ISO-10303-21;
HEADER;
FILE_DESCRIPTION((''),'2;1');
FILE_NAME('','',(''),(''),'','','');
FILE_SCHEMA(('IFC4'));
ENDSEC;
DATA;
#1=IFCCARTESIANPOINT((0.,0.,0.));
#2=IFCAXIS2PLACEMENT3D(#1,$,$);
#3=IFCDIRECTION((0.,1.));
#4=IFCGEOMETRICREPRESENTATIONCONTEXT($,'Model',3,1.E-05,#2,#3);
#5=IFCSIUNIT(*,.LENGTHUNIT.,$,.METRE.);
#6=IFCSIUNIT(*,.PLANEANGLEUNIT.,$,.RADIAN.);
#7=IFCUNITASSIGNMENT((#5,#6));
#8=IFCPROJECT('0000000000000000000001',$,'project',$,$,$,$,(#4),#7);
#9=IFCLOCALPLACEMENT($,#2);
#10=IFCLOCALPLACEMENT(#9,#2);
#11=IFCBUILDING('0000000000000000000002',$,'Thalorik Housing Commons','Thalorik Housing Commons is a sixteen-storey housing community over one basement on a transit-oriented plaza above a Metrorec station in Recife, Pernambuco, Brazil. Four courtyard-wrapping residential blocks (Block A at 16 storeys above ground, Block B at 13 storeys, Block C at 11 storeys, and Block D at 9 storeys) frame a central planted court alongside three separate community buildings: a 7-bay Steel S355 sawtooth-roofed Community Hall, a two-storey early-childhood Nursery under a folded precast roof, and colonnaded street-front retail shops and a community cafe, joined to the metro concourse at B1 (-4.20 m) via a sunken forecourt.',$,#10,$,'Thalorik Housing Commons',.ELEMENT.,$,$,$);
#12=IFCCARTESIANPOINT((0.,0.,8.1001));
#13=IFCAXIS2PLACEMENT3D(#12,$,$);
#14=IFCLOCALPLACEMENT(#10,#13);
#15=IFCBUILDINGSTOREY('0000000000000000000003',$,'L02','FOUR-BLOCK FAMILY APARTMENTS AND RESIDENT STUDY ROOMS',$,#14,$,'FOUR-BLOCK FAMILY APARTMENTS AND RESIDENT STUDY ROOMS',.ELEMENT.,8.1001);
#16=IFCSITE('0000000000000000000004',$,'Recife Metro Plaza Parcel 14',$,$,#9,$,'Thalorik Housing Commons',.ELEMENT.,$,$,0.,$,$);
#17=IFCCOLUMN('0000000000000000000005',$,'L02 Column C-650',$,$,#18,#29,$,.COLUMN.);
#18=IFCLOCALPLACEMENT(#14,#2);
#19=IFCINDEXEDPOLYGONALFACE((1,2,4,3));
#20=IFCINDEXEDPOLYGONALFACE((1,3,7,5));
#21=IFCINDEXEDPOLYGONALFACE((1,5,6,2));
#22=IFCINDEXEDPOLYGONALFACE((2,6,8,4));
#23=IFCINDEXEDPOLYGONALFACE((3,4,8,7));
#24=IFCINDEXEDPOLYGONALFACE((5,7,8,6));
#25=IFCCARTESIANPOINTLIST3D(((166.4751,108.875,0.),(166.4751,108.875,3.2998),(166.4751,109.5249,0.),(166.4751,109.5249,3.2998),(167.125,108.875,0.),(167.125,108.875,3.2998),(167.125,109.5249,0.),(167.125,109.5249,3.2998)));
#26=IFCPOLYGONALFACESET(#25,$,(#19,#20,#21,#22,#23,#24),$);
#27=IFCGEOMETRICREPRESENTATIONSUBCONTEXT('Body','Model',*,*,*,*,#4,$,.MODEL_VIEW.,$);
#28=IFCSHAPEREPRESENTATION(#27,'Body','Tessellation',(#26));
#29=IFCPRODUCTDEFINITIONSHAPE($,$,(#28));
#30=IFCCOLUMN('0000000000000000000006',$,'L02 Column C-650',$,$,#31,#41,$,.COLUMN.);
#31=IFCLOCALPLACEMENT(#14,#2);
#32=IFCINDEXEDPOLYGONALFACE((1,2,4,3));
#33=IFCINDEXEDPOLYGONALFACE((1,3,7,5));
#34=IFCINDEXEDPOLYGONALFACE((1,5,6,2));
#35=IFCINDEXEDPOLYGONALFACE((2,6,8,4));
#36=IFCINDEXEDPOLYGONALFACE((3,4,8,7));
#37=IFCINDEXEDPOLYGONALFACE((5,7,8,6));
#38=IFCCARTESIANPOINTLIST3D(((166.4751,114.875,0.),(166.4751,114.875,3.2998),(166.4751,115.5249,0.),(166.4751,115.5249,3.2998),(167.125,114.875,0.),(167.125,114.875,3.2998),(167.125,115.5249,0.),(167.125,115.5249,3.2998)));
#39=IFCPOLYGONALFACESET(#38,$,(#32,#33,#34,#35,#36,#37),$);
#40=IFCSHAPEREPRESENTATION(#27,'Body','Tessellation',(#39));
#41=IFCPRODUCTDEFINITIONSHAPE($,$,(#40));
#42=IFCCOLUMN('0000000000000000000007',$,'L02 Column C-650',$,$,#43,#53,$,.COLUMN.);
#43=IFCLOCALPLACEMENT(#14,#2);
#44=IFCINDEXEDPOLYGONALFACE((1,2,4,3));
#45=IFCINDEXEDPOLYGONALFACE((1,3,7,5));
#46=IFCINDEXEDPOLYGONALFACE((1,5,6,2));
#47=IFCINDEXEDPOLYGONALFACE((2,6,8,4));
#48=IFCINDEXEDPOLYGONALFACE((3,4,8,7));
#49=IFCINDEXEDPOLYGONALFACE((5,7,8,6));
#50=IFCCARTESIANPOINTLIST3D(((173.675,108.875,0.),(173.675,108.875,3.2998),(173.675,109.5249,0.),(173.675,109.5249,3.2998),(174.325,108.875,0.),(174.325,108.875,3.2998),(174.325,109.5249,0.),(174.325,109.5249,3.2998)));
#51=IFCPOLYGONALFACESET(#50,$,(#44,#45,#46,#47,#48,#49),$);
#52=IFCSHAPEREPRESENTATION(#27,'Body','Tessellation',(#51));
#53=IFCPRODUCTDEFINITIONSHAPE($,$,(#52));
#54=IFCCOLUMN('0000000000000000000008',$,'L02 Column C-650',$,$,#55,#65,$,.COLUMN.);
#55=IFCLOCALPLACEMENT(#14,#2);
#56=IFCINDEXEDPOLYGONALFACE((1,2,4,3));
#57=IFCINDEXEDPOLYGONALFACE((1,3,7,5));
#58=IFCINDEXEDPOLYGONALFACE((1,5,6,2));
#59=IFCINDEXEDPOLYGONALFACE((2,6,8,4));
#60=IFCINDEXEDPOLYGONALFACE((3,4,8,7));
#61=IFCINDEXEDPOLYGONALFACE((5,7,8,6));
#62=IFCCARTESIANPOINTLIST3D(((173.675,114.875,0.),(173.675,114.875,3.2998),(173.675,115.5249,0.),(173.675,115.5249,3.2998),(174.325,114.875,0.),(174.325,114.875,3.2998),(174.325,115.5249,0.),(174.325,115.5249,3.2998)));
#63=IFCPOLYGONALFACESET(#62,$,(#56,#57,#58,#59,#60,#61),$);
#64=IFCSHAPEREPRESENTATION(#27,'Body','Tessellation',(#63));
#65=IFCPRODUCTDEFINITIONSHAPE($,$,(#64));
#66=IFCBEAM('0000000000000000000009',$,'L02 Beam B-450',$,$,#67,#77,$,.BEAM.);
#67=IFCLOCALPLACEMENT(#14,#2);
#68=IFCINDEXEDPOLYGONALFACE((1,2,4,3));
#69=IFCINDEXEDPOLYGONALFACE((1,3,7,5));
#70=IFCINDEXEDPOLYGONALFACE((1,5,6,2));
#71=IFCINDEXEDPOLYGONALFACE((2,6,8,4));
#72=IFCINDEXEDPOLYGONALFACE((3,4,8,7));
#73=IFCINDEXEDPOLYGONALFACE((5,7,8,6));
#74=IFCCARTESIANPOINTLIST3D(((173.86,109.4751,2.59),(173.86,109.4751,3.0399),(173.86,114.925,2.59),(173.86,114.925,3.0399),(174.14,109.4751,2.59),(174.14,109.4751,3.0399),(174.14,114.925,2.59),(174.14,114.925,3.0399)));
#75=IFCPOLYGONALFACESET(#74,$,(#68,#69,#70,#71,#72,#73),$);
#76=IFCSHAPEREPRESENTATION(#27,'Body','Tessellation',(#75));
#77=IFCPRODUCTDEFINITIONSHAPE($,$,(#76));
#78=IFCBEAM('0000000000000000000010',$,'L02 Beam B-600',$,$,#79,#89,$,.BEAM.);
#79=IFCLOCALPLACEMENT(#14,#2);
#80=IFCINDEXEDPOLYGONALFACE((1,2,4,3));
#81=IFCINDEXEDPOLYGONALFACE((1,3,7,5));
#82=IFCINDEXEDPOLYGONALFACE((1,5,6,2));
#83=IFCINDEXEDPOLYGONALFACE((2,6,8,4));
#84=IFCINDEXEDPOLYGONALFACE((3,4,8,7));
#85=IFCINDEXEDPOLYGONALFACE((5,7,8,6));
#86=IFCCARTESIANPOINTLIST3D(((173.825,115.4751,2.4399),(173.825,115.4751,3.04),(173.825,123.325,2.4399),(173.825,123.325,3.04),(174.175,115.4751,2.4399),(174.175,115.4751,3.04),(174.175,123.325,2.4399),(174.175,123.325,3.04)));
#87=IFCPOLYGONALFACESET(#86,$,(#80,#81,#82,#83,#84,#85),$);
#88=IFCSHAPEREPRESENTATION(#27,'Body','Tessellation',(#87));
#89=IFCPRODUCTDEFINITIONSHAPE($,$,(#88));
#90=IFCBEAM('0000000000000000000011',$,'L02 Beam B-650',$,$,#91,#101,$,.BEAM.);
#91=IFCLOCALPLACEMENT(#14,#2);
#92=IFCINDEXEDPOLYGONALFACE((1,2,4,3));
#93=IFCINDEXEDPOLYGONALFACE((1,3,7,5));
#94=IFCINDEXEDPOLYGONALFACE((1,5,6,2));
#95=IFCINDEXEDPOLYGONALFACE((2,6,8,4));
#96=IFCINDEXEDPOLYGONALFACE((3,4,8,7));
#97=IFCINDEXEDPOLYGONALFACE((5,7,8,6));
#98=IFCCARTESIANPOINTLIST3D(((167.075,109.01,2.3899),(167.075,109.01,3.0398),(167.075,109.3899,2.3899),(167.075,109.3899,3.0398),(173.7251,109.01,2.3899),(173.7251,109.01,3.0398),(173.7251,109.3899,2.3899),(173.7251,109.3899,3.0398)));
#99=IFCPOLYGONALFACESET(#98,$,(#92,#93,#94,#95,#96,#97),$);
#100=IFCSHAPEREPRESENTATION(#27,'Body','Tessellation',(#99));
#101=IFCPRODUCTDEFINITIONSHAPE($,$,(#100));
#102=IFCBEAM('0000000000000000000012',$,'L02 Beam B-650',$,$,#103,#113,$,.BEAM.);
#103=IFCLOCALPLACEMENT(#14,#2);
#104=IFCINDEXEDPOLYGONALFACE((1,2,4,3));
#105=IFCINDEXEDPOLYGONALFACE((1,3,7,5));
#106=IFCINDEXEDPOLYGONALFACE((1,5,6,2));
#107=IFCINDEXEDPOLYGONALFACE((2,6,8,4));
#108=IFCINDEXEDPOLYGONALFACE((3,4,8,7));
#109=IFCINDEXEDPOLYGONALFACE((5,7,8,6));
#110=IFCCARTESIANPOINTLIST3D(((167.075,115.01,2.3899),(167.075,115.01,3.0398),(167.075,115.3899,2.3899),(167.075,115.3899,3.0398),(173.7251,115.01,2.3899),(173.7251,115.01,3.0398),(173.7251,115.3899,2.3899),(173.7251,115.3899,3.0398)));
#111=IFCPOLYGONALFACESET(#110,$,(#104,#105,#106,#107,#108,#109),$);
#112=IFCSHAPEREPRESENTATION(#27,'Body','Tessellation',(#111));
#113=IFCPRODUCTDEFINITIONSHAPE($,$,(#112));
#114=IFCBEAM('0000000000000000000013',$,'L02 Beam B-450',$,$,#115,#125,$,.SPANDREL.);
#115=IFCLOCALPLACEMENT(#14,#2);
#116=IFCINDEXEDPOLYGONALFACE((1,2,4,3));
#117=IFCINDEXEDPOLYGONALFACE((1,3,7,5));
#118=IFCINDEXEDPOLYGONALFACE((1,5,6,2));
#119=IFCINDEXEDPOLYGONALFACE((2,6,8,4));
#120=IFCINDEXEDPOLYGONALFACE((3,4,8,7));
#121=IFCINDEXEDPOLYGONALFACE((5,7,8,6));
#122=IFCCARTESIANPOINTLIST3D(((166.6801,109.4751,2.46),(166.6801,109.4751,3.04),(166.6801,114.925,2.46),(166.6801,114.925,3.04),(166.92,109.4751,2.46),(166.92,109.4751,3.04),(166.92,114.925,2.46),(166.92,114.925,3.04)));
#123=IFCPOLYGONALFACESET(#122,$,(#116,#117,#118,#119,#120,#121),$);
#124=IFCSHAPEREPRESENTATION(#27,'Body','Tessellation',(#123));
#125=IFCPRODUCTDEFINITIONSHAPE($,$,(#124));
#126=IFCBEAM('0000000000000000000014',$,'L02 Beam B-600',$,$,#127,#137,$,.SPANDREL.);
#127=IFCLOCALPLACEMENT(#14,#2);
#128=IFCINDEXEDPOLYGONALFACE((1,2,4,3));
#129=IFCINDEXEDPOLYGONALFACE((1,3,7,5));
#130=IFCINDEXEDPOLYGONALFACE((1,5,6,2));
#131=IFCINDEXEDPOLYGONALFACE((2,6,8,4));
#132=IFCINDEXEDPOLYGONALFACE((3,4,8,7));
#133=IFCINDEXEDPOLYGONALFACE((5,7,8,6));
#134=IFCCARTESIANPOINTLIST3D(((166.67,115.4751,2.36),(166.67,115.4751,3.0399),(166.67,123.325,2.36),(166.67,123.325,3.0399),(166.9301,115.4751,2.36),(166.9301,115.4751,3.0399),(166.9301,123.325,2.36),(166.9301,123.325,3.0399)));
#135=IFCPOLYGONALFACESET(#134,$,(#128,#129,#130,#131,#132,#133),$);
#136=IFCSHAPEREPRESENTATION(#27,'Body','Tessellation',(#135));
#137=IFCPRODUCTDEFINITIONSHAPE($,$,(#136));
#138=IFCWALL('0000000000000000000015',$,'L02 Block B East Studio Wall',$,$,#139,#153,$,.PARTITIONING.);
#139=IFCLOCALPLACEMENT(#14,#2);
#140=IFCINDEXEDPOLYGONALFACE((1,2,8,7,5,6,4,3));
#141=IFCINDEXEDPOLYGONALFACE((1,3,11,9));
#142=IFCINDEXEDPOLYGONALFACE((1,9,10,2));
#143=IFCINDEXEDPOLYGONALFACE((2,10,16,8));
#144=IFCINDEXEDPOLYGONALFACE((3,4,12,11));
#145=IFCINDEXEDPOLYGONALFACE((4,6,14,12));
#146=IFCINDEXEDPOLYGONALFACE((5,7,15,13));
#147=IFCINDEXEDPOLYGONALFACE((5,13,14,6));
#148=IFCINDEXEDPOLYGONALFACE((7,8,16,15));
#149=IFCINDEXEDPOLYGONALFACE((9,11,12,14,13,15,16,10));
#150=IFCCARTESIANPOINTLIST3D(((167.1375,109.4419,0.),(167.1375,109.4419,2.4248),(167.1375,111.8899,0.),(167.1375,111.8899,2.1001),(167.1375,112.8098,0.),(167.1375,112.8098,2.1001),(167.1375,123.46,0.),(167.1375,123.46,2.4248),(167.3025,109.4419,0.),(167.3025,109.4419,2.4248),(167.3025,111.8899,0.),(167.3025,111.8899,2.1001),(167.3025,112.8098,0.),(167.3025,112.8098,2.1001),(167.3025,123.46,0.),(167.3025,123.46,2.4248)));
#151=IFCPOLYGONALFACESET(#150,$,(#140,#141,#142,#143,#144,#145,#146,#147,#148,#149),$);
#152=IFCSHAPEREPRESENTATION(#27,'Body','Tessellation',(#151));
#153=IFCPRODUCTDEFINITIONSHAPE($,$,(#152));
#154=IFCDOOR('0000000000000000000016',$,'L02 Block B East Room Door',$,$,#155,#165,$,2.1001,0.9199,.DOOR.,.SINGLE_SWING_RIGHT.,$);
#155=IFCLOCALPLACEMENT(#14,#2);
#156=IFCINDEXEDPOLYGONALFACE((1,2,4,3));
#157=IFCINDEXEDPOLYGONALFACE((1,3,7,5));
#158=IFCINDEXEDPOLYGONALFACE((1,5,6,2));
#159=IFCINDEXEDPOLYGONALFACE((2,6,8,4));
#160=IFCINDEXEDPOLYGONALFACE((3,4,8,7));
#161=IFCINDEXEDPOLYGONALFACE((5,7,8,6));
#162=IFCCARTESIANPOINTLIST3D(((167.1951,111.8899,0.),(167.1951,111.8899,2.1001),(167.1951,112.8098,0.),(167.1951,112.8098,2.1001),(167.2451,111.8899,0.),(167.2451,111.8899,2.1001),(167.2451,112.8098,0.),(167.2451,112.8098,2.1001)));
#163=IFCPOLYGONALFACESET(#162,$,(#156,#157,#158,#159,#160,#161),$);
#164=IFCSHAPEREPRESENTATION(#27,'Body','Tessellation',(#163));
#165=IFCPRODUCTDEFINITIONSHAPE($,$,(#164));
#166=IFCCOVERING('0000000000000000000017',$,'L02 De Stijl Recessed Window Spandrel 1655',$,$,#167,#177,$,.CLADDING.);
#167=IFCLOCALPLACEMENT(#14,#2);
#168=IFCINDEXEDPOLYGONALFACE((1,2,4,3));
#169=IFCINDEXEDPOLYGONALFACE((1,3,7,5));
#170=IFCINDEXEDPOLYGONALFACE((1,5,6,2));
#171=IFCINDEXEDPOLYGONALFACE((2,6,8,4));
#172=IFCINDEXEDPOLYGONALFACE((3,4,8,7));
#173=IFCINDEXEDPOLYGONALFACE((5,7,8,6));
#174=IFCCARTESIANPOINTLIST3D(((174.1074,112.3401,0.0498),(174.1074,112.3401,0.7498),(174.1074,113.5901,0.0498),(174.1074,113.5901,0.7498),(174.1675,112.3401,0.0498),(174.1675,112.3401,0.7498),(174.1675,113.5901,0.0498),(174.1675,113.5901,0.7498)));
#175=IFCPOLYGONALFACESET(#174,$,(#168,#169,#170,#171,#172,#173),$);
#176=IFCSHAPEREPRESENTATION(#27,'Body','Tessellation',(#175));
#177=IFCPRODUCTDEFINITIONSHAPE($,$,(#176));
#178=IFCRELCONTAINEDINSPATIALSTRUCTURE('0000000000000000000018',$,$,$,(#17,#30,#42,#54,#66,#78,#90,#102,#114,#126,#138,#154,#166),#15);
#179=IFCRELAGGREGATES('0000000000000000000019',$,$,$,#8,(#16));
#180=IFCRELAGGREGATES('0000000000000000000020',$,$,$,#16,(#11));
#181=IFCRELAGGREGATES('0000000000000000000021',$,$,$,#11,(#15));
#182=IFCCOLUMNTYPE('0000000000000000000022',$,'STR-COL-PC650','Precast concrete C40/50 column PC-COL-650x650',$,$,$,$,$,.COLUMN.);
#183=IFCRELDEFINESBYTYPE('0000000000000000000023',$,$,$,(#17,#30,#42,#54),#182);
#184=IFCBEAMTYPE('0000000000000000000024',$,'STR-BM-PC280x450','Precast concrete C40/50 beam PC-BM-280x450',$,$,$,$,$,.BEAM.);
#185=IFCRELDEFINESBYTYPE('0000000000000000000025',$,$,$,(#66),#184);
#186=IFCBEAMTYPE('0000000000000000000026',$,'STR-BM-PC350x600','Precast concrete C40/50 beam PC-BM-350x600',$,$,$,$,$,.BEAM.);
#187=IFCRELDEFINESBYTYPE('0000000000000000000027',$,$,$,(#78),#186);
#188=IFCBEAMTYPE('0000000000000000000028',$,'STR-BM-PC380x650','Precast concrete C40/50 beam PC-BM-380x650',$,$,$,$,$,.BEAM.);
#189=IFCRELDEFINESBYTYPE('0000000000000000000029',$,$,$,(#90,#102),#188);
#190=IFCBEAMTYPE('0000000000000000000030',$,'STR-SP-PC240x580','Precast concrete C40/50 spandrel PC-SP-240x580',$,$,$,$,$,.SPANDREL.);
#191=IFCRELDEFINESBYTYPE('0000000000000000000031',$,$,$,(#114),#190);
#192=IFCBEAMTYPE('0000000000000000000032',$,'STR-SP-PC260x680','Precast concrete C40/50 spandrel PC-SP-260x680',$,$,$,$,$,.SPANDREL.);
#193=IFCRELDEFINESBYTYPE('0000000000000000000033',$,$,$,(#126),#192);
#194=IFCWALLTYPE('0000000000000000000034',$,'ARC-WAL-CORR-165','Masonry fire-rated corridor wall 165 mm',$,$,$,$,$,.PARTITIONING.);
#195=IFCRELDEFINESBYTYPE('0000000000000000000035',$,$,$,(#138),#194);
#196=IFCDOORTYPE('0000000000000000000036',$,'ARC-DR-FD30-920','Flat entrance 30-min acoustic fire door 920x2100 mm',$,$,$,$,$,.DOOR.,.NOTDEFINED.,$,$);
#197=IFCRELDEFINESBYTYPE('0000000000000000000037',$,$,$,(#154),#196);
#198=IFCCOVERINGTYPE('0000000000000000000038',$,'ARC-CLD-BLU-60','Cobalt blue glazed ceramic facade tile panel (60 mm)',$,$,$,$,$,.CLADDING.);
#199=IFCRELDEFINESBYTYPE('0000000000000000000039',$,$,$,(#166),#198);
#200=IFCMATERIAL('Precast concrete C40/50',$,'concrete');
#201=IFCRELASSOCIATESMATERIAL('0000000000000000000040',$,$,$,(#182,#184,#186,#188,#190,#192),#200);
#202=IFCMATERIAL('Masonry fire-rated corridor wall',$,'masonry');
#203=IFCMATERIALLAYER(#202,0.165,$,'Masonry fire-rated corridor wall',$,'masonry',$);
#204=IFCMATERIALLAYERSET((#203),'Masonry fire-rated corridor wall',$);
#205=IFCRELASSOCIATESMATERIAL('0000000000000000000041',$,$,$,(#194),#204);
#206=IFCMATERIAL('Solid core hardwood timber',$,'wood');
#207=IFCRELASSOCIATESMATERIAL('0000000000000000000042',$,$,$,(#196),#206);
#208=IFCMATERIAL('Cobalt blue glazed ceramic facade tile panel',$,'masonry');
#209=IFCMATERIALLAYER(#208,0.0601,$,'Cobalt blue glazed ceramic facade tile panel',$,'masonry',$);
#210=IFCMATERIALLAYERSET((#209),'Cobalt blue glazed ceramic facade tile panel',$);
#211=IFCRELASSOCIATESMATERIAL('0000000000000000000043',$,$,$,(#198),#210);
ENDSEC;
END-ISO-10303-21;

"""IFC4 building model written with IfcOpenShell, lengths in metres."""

from ifc_helpers import new_model, si_unit, direction, frame, frame_2d, origin, origin_2d, place, context, subcontext, project, spatial, rectangle, extrude, material, layer, layer_set, material_profile, profile_set, type_object, element, fill, save


model = new_model("IFC4")

# Units and contexts
model_context = context("Model", 3, precision=1e-05, world=origin(), true_north=direction((0.0, 1.0)))
body_context = subcontext(model_context, "Body", "Model", "MODEL_VIEW")
ifc_project = project(units=[si_unit("LENGTHUNIT", "METRE"), si_unit("PLANEANGLEUNIT", "RADIAN")], contexts=[model_context])

# Site, building, storey
site_placement = place(None, origin())
site = spatial("IfcSite", under=ifc_project, at=site_placement, Name="Recife Metro Plaza Parcel 14", LongName="Thalorik Housing Commons", CompositionType="ELEMENT", RefElevation=0.0)
building_placement = place(site_placement, origin())
building = spatial("IfcBuilding", under=site, at=building_placement, Name="Thalorik Housing Commons", Description="Thalorik Housing Commons is a sixteen-storey housing community over one basement on a transit-oriented plaza above a Metrorec station in Recife, Pernambuco, Brazil. Four courtyard-wrapping residential blocks (Block A at 16 storeys above ground, Block B at 13 storeys, Block C at 11 storeys, and Block D at 9 storeys) frame a central planted court alongside three separate community buildings: a 7-bay Steel S355 sawtooth-roofed Community Hall, a two-storey early-childhood Nursery under a folded precast roof, and colonnaded street-front retail shops and a community cafe, joined to the metro concourse at B1 (-4.20 m) via a sunken forecourt.", LongName="Thalorik Housing Commons", CompositionType="ELEMENT")
storey_placement = place(building_placement, frame((0.0, 0.0, 8.1001)))
storey = spatial("IfcBuildingStorey", under=building, at=storey_placement, Name="L02", Description="FOUR-BLOCK FAMILY APARTMENTS AND RESIDENT STUDY ROOMS", LongName="FOUR-BLOCK FAMILY APARTMENTS AND RESIDENT STUDY ROOMS", CompositionType="ELEMENT", Elevation=8.1001)

# Columns
ifc_material_1 = material(Name="Precast concrete C40/50", Category="concrete")
ifc_material_profile_1 = material_profile(ifc_material_1, rectangle(XDim=0.6499, YDim=0.6499, at=origin_2d()), Name="PC 650x650", Category="concrete")
ifc_profile_set_1 = profile_set([ifc_material_profile_1], Name="Precast concrete C40/50")
column_type = type_object("IfcColumnType", Name="STR-COL-PC650", Description="Precast concrete C40/50 column PC-COL-650x650", PredefinedType="COLUMN", material=ifc_profile_set_1)
for number, where, z_axis, x_axis, name in (
    (1, (166.8, 109.2, 0.0), (0.0, 0.0, 1.0), (1.0, 0.0, 0.0), "L02 Column C-650"),
    (2, (166.8, 115.2, 0.0), (0.0, 0.0, 1.0), (1.0, 0.0, 0.0), "L02 Column C-650"),
    (3, (174.0, 109.2, 0.0), (0.0, 0.0, 1.0), (1.0, 0.0, 0.0), "L02 Column C-650"),
    (4, (174.0, 115.2, 0.0), (0.0, 0.0, 1.0), (1.0, 0.0, 0.0), "L02 Column C-650"),
):
    element("IfcColumn", number, at=place(storey_placement, frame(where, z_axis=z_axis, x_axis=x_axis)), inside=storey, type_object=column_type, Name=name, PredefinedType="COLUMN", context=body_context, shape_type="SweptSolid", body=[
        extrude(rectangle(XDim=0.6499, YDim=0.6499, at=origin_2d()), origin(), (0.0, 0.0, 1.0), 3.2998),
    ])

# Beams
ifc_material_profile_2 = material_profile(ifc_material_1, rectangle(XDim=0.28, YDim=0.45, at=origin_2d()), Name="PC 280x450", Category="concrete")
ifc_profile_set_2 = profile_set([ifc_material_profile_2], Name="Precast concrete C40/50")
beam_type_1 = type_object("IfcBeamType", Name="STR-BM-PC280x450", Description="Precast concrete C40/50 beam PC-BM-280x450", PredefinedType="BEAM", material=ifc_profile_set_2)
beam_1_placement = place(storey_placement, frame((174.0, 109.4751, 2.8149), z_axis=(0.0, 1.0, 0.0), x_axis=(-1.0, 0.0, 0.0)))
element("IfcBeam", 5, at=beam_1_placement, inside=storey, type_object=beam_type_1, Name="L02 Beam B-450", PredefinedType="BEAM", context=body_context, shape_type="SweptSolid", body=[
    extrude(rectangle(XDim=0.28, YDim=0.45, at=origin_2d()), origin(), (0.0, 0.0, 1.0), 5.45),
])
ifc_material_profile_3 = material_profile(ifc_material_1, rectangle(XDim=0.3501, YDim=0.6001, at=origin_2d()), Name="PC 350x600", Category="concrete")
ifc_profile_set_3 = profile_set([ifc_material_profile_3], Name="Precast concrete C40/50")
beam_type_2 = type_object("IfcBeamType", Name="STR-BM-PC350x600", Description="Precast concrete C40/50 beam PC-BM-350x600", PredefinedType="BEAM", material=ifc_profile_set_3)
beam_2_placement = place(storey_placement, frame((174.0, 115.4751, 2.74), z_axis=(0.0, 1.0, 0.0), x_axis=(-1.0, 0.0, 0.0)))
element("IfcBeam", 6, at=beam_2_placement, inside=storey, type_object=beam_type_2, Name="L02 Beam B-600", PredefinedType="BEAM", context=body_context, shape_type="SweptSolid", body=[
    extrude(rectangle(XDim=0.3501, YDim=0.6001, at=origin_2d()), origin(), (0.0, 0.0, 1.0), 7.8499),
])
ifc_material_profile_4 = material_profile(ifc_material_1, rectangle(XDim=0.3799, YDim=0.6499, at=origin_2d()), Name="PC 380x650", Category="concrete")
ifc_profile_set_4 = profile_set([ifc_material_profile_4], Name="Precast concrete C40/50")
beam_type_3 = type_object("IfcBeamType", Name="STR-BM-PC380x650", Description="Precast concrete C40/50 beam PC-BM-380x650", PredefinedType="BEAM", material=ifc_profile_set_4)
for number, where, z_axis, x_axis, name in (
    (7, (167.075, 109.2, 2.7148), (1.0, 0.0, 0.0), (0.0, 1.0, 0.0), "L02 Beam B-650"),
    (8, (167.075, 115.2, 2.7148), (1.0, 0.0, 0.0), (0.0, 1.0, 0.0), "L02 Beam B-650"),
):
    element("IfcBeam", number, at=place(storey_placement, frame(where, z_axis=z_axis, x_axis=x_axis)), inside=storey, type_object=beam_type_3, Name=name, PredefinedType="BEAM", context=body_context, shape_type="SweptSolid", body=[
        extrude(rectangle(XDim=0.3799, YDim=0.6499, at=origin_2d()), origin(), (0.0, 0.0, 1.0), 6.6501),
    ])
ifc_material_profile_5 = material_profile(ifc_material_1, rectangle(XDim=0.24, YDim=0.5801, at=origin_2d()), Name="PC SP 240x580", Category="concrete")
ifc_profile_set_5 = profile_set([ifc_material_profile_5], Name="Precast concrete C40/50")
beam_type_4 = type_object("IfcBeamType", Name="STR-SP-PC240x580", Description="Precast concrete C40/50 spandrel PC-SP-240x580", PredefinedType="SPANDREL", material=ifc_profile_set_5)
beam_3_placement = place(storey_placement, frame((166.8, 109.4751, 2.75), z_axis=(0.0, 1.0, 0.0), x_axis=(-1.0, 0.0, 0.0)))
element("IfcBeam", 9, at=beam_3_placement, inside=storey, type_object=beam_type_4, Name="L02 Beam B-450", PredefinedType="SPANDREL", context=body_context, shape_type="SweptSolid", body=[
    extrude(rectangle(XDim=0.24, YDim=0.5801, at=origin_2d()), origin(), (0.0, 0.0, 1.0), 5.45),
])
ifc_material_profile_6 = material_profile(ifc_material_1, rectangle(XDim=0.26, YDim=0.6799, at=origin_2d()), Name="PC SP 260x680", Category="concrete")
ifc_profile_set_6 = profile_set([ifc_material_profile_6], Name="Precast concrete C40/50")
beam_type_5 = type_object("IfcBeamType", Name="STR-SP-PC260x680", Description="Precast concrete C40/50 spandrel PC-SP-260x680", PredefinedType="SPANDREL", material=ifc_profile_set_6)
beam_4_placement = place(storey_placement, frame((166.8, 115.4751, 2.7), z_axis=(0.0, 1.0, 0.0), x_axis=(-1.0, 0.0, 0.0)))
element("IfcBeam", 10, at=beam_4_placement, inside=storey, type_object=beam_type_5, Name="L02 Beam B-600", PredefinedType="SPANDREL", context=body_context, shape_type="SweptSolid", body=[
    extrude(rectangle(XDim=0.26, YDim=0.6799, at=origin_2d()), origin(), (0.0, 0.0, 1.0), 7.8499),
])

# Wall, opening, door
ifc_material_2 = material(Name="Masonry fire-rated corridor wall", Category="masonry")
ifc_layer_1 = layer(ifc_material_2, 0.165, Name="Masonry fire-rated corridor wall", Category="masonry")
ifc_layer_set_1 = layer_set([ifc_layer_1], Name="Masonry fire-rated corridor wall")
wall_type_1 = type_object("IfcWallType", Name="ARC-WAL-CORR-165", Description="Masonry fire-rated corridor wall 165 mm", PredefinedType="PARTITIONING", material=ifc_layer_set_1)
wall_1_placement = place(storey_placement, frame((167.22, 109.4419, 0.0), z_axis=(0.0, 0.0, 1.0), x_axis=(0.0, 1.0, 0.0)))
wall_1 = element("IfcWall", 11, at=wall_1_placement, inside=storey, type_object=wall_type_1, Name="L02 Block B East Studio Wall", PredefinedType="PARTITIONING", context=body_context, shape_type="SweptSolid", body=[
    extrude(rectangle(XDim=14.0181, YDim=0.165, at=frame_2d((7.009, 0.0))), origin(), (0.0, 0.0, 1.0), 2.4248),
])
opening_1_placement = place(wall_1_placement, frame((2.448, 0.0, 0.0)))
opening_1 = element("IfcOpeningElement", 12, at=opening_1_placement, cuts=wall_1, PredefinedType="OPENING", context=body_context, shape_type="SweptSolid", body=[
    extrude(rectangle(XDim=0.9199, YDim=2.1001, at=frame_2d((0.46, 1.05))), frame((0.0, 0.0925, 0.0), z_axis=(0.0, -1.0, 0.0), x_axis=(1.0, 0.0, 0.0)), (0.0, 0.0, 1.0), 0.1851),
])
ifc_material_3 = material(Name="Solid core hardwood timber", Category="wood")
door_type_1 = type_object("IfcDoorType", Name="ARC-DR-FD30-920", Description="Flat entrance 30-min acoustic fire door 920x2100 mm", OperationType="NOTDEFINED", PredefinedType="DOOR", material=ifc_material_3)
door_1_placement = place(opening_1_placement, origin())
door_1 = element("IfcDoor", 13, at=door_1_placement, inside=storey, type_object=door_type_1, Name="L02 Block B East Room Door", OperationType="SINGLE_SWING_RIGHT", OverallHeight=2.1001, OverallWidth=0.9199, PredefinedType="DOOR", context=body_context, shape_type="SweptSolid", body=[
    extrude(rectangle(XDim=0.9199, YDim=2.1001, at=frame_2d((0.46, 1.05))), frame((0.0, 0.0249, 0.0), z_axis=(0.0, -1.0, 0.0), x_axis=(1.0, 0.0, 0.0)), (0.0, 0.0, 1.0), 0.05),
])
fill(opening_1, door_1)

# Covering
ifc_material_4 = material(Name="Cobalt blue glazed ceramic facade tile panel", Category="masonry")
ifc_layer_2 = layer(ifc_material_4, 0.0601, Name="Cobalt blue glazed ceramic facade tile panel", Category="masonry")
ifc_layer_set_2 = layer_set([ifc_layer_2], Name="Cobalt blue glazed ceramic facade tile panel")
covering_type_1 = type_object("IfcCoveringType", Name="ARC-CLD-BLU-60", Description="Cobalt blue glazed ceramic facade tile panel (60 mm)", PredefinedType="CLADDING", material=ifc_layer_set_2)
covering_1_placement = place(storey_placement, frame((174.1375, 112.9651, 0.0498), z_axis=(0.0, 0.0, 1.0), x_axis=(0.0, 1.0, 0.0)))
element("IfcCovering", 14, at=covering_1_placement, inside=storey, type_object=covering_type_1, Name="L02 De Stijl Recessed Window Spandrel 1655", PredefinedType="CLADDING", context=body_context, shape_type="SweptSolid", body=[
    extrude(rectangle(XDim=1.25, YDim=0.0601, at=origin_2d()), origin(), (0.0, 0.0, 1.0), 0.7),
])

save(model, "model.ifc")
